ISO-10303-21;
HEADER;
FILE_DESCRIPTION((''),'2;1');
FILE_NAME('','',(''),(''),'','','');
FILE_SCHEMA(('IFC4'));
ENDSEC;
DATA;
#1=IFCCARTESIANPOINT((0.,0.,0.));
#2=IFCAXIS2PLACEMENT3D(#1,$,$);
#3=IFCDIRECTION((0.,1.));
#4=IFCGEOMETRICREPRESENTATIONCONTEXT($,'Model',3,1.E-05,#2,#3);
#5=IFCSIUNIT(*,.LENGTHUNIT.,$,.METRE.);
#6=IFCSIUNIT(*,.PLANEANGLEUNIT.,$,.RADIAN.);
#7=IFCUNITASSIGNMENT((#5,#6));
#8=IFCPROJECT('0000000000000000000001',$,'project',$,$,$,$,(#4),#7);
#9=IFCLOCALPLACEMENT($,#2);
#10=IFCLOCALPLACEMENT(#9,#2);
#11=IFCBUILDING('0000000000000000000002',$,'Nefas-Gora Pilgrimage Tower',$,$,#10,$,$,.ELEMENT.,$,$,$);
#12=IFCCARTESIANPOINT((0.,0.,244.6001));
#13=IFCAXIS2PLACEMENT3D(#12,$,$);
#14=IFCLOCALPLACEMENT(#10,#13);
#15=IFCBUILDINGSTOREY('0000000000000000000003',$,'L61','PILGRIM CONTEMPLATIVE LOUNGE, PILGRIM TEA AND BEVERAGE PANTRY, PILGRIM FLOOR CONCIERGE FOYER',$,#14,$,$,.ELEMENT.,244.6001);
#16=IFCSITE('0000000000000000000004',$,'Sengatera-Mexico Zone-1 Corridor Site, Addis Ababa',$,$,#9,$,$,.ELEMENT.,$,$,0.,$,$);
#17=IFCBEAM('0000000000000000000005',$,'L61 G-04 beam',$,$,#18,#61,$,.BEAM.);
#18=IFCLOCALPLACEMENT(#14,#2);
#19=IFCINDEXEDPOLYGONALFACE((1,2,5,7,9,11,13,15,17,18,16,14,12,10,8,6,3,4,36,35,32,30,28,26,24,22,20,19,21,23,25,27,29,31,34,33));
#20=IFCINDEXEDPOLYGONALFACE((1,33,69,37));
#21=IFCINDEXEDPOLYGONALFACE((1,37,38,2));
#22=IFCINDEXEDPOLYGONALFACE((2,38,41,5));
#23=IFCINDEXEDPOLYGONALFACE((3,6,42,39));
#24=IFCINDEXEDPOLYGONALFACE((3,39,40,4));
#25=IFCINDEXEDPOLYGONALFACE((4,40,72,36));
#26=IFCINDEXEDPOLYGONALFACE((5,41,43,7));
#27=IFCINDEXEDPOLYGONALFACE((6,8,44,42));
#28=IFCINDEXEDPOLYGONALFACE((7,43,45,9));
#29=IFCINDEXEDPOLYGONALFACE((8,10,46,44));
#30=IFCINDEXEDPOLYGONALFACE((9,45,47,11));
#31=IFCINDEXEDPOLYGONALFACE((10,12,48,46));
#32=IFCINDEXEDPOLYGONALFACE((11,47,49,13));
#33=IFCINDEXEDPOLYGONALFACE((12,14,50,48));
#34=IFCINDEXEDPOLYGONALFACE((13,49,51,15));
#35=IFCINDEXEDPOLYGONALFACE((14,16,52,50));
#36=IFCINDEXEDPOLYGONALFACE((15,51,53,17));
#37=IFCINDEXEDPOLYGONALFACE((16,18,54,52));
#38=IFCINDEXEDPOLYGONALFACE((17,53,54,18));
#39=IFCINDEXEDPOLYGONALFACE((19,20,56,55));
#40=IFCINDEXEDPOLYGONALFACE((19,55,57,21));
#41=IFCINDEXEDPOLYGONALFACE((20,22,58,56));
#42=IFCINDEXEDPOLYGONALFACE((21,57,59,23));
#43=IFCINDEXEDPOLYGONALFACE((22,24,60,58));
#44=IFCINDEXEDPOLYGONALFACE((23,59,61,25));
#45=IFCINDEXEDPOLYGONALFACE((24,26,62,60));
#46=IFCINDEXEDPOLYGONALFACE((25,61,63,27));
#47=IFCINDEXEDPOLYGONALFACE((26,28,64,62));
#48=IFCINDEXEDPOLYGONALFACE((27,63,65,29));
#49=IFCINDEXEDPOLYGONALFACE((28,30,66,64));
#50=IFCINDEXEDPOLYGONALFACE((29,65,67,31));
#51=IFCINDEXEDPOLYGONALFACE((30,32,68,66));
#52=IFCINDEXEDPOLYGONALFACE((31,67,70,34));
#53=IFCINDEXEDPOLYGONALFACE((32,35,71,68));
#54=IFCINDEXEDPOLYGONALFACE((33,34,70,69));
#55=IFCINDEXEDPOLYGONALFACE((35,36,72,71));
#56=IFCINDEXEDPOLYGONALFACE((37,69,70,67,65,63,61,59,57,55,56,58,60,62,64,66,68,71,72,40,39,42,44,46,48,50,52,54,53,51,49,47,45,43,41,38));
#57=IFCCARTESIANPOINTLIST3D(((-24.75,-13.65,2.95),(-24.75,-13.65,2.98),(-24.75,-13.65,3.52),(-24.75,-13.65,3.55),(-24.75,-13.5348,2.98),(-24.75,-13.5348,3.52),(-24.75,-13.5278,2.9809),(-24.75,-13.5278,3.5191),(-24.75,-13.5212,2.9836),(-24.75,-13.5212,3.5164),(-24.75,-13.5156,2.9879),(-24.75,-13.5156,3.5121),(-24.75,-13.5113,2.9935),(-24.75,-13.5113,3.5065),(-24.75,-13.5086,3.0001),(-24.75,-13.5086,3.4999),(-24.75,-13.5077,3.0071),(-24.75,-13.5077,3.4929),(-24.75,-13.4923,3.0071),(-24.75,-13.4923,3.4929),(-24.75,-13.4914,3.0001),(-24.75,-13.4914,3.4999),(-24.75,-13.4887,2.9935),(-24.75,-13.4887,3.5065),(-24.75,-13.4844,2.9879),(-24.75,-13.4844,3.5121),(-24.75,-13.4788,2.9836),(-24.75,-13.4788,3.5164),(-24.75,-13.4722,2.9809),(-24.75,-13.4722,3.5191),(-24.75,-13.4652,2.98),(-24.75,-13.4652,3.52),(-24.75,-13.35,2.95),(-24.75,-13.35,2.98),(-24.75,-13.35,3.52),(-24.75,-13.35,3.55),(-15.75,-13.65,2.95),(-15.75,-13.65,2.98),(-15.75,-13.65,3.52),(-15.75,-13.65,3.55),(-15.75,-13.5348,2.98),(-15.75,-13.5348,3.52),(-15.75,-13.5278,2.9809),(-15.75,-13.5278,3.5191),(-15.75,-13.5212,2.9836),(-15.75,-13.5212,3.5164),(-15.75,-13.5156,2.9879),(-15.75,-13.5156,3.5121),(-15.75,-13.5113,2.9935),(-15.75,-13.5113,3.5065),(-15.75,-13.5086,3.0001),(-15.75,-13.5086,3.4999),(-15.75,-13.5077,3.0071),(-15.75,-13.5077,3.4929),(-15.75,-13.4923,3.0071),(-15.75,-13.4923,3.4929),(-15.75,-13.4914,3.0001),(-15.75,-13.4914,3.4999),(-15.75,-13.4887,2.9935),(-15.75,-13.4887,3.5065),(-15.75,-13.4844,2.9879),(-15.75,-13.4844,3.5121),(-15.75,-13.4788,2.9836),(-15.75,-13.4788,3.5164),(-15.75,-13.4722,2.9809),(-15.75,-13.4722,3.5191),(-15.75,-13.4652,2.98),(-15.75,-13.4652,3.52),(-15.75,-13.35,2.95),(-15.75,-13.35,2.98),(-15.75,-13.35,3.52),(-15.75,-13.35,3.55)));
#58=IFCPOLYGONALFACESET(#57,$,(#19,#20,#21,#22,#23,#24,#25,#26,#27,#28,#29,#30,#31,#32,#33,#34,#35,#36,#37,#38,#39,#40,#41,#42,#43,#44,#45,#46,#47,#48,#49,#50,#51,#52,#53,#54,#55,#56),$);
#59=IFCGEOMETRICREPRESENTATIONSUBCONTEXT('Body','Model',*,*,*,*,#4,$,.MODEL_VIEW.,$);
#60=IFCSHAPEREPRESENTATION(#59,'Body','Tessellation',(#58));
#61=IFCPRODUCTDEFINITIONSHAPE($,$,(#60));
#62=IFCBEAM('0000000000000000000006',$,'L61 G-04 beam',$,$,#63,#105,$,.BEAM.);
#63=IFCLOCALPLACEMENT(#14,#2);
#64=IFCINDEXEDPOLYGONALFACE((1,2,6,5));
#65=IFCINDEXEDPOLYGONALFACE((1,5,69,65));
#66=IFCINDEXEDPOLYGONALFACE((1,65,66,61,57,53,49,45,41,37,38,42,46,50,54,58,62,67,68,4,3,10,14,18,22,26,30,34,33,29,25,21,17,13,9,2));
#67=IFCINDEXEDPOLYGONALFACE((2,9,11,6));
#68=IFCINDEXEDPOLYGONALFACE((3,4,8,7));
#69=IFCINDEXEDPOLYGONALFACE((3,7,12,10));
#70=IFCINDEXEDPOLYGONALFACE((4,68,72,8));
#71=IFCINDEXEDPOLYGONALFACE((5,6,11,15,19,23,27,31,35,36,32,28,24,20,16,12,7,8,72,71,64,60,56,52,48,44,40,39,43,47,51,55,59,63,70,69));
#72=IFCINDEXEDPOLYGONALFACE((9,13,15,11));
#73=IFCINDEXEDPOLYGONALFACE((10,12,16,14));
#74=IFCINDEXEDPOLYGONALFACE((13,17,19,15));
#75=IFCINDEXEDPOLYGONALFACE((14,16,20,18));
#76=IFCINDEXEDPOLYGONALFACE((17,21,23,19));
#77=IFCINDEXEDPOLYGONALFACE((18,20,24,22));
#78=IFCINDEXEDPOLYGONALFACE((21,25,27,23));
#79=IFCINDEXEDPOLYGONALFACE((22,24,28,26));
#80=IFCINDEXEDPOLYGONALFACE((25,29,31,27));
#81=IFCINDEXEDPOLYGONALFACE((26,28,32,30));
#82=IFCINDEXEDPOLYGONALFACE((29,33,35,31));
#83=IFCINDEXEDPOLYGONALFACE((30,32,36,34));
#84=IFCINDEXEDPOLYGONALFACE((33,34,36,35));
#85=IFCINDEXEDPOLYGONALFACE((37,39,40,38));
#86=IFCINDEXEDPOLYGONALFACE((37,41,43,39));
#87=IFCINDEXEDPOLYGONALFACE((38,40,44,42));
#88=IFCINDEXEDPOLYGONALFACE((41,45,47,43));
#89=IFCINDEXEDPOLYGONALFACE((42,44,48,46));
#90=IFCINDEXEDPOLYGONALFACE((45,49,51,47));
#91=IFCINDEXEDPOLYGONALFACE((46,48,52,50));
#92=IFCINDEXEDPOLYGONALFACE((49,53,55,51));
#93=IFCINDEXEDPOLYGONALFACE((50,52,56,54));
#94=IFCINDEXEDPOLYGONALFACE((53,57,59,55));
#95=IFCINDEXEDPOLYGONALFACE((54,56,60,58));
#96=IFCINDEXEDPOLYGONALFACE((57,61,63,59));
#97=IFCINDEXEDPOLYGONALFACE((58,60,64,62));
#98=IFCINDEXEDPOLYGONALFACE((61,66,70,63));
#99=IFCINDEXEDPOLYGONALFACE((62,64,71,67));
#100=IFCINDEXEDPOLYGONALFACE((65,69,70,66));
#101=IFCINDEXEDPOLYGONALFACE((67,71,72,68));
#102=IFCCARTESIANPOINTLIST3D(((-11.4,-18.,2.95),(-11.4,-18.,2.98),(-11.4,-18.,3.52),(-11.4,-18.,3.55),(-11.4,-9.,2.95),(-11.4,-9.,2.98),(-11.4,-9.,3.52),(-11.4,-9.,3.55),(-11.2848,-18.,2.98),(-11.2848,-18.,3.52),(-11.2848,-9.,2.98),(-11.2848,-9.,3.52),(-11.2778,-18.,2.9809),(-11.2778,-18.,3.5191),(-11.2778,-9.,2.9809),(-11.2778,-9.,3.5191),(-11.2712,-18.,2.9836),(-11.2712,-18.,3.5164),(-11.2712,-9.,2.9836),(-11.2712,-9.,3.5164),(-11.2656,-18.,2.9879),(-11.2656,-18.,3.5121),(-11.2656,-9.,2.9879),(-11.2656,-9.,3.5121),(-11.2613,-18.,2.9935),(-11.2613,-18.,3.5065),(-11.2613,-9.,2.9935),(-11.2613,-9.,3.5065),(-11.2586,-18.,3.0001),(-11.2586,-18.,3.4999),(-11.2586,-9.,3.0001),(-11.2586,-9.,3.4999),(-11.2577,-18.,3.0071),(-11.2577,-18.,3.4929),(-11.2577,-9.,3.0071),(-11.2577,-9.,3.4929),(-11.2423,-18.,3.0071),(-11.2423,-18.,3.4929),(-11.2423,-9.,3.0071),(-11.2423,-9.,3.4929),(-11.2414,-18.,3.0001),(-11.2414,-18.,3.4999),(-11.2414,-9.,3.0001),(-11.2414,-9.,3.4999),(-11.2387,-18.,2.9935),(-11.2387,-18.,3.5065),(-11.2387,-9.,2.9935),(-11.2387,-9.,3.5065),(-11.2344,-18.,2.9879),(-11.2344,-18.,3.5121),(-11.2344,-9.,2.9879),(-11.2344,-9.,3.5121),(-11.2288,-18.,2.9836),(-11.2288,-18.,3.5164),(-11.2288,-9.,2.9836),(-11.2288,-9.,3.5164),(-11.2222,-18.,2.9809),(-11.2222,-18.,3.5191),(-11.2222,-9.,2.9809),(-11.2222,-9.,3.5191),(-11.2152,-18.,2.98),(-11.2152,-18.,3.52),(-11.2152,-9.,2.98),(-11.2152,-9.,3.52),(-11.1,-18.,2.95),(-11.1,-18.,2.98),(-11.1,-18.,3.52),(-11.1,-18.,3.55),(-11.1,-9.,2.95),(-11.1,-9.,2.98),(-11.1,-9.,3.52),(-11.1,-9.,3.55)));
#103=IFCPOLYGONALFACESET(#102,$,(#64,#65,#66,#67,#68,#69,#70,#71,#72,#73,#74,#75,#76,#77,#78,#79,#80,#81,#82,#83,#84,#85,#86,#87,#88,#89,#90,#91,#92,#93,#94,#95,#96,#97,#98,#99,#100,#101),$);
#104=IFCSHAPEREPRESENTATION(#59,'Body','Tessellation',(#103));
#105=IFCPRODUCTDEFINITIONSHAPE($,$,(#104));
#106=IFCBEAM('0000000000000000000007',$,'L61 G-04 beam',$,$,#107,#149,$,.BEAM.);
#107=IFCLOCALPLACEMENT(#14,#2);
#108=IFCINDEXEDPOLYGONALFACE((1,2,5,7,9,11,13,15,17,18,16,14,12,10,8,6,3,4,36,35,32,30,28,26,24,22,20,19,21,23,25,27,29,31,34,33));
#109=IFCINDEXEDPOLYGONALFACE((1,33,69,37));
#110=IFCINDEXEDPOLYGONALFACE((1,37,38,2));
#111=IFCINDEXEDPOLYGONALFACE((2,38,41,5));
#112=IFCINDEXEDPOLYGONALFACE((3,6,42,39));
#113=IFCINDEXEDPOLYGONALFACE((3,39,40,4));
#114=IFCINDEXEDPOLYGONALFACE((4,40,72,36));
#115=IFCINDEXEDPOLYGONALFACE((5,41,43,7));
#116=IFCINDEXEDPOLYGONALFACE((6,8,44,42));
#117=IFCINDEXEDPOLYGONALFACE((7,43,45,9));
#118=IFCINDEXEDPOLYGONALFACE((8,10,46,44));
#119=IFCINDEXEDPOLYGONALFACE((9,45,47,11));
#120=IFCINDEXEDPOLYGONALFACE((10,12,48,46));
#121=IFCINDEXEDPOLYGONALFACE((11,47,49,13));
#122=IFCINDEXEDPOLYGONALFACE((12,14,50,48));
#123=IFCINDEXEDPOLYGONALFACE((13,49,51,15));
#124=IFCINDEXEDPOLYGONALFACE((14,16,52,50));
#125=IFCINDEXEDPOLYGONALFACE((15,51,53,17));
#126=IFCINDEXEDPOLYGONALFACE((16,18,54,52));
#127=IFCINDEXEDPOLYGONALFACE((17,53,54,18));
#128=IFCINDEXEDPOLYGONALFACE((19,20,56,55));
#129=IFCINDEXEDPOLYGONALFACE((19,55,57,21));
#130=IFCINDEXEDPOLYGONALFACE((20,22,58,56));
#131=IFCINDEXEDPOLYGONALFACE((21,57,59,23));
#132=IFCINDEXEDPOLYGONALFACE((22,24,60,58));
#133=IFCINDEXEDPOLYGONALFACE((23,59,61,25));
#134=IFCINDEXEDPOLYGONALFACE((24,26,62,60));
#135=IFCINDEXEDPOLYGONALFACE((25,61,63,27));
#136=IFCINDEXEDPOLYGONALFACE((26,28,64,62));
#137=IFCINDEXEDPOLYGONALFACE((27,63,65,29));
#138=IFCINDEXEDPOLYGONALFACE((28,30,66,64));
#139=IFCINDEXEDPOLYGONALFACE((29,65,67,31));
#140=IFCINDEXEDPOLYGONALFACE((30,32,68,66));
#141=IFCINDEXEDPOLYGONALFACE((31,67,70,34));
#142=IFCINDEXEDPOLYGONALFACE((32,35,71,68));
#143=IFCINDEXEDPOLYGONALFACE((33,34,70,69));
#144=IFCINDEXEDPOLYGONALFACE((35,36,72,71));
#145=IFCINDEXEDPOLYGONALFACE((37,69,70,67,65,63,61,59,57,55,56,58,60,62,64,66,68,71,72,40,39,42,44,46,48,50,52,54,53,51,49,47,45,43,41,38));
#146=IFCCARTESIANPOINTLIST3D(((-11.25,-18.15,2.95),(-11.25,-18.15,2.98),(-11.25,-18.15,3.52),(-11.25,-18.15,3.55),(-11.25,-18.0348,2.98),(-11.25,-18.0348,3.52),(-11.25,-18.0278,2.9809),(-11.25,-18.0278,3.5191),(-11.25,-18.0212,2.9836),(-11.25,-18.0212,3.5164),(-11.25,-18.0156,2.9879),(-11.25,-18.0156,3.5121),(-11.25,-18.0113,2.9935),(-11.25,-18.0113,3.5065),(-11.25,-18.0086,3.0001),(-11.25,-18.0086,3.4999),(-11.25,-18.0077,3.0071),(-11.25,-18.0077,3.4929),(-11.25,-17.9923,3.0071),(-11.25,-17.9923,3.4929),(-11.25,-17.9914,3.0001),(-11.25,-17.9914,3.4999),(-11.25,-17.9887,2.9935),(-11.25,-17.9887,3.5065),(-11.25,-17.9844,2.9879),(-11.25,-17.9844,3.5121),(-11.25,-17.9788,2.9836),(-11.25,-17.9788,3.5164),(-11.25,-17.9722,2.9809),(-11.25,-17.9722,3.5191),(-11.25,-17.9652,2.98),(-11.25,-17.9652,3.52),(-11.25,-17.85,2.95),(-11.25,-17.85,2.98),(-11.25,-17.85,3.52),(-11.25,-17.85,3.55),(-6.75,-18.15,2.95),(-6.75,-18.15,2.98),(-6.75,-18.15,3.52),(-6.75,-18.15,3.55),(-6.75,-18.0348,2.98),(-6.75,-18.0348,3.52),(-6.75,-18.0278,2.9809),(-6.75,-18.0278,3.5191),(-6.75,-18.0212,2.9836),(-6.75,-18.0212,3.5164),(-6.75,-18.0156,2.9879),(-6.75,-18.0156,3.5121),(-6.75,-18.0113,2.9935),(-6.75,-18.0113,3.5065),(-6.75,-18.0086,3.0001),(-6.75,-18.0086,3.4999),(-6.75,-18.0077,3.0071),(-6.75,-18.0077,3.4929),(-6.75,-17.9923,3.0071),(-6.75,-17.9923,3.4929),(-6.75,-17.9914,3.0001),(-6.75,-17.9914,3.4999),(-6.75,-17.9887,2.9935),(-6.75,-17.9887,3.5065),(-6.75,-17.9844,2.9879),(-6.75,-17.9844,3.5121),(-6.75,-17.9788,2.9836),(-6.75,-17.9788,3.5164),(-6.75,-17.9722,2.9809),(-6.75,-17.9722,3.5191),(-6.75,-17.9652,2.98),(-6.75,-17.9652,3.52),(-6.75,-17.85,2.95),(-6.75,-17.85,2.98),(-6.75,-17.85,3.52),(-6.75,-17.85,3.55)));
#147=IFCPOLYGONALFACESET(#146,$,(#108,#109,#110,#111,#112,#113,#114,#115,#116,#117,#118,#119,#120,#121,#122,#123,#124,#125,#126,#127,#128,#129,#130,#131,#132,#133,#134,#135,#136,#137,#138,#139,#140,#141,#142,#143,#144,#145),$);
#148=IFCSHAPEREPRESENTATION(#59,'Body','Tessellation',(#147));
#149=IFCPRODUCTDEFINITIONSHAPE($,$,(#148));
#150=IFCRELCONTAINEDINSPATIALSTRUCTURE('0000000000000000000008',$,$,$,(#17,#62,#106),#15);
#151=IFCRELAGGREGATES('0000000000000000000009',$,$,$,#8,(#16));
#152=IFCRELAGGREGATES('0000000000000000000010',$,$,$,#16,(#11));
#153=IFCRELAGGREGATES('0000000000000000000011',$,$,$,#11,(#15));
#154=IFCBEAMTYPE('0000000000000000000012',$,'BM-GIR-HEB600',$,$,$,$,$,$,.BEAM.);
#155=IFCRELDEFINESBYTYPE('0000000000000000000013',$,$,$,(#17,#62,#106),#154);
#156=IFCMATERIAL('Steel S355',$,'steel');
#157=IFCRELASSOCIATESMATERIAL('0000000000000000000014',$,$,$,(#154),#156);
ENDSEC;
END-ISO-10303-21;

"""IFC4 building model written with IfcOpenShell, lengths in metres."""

from ifc_helpers import new_model, si_unit, direction, frame, origin, origin_2d, place, context, subcontext, project, spatial, i_section, extrude, source, transform, mapped, material, material_profile, profile_set, type_object, element, save


model = new_model("IFC4")

# Units and contexts
model_context = context("Model", 3, precision=1e-05, world=origin(), true_north=direction((0.0, 1.0)))
body_context = subcontext(model_context, "Body", "Model", "MODEL_VIEW")
ifc_project = project(units=[si_unit("LENGTHUNIT", "METRE"), si_unit("PLANEANGLEUNIT", "RADIAN")], contexts=[model_context])

# Site, building, storey
site_placement = place(None, origin())
site = spatial("IfcSite", under=ifc_project, at=site_placement, Name="Sengatera-Mexico Zone-1 Corridor Site, Addis Ababa", CompositionType="ELEMENT", RefElevation=0.0)
building_placement = place(site_placement, origin())
building = spatial("IfcBuilding", under=site, at=building_placement, Name="Nefas-Gora Pilgrimage Tower", CompositionType="ELEMENT")
storey_placement = place(building_placement, frame((0.0, 0.0, 244.6001)))
storey = spatial("IfcBuildingStorey", under=building, at=storey_placement, Name="L61", Description="PILGRIM CONTEMPLATIVE LOUNGE, PILGRIM TEA AND BEVERAGE PANTRY, PILGRIM FLOOR CONCIERGE FOYER", CompositionType="ELEMENT", Elevation=244.6001)

# Beams
ifc_material_1 = material(Name="Steel S355", Category="steel")
ifc_material_profile_1 = material_profile(ifc_material_1, i_section(OverallWidth=0.3, OverallDepth=0.6001, WebThickness=0.0154, FlangeThickness=0.03, FilletRadius=0.0271, at=origin_2d()), Name="HEB 600")
ifc_profile_set_1 = profile_set([ifc_material_profile_1], Name="Steel S355")
beam_type_1 = type_object("IfcBeamType", Name="BM-GIR-HEB600", PredefinedType="BEAM", material=ifc_profile_set_1)
shared_shape_1 = source(origin(), body_context, "Body", "SweptSolid", [
    extrude(i_section(OverallWidth=0.3, OverallDepth=0.6001, WebThickness=0.0154, FlangeThickness=0.03, FilletRadius=0.0271, at=origin_2d()), origin(), (0.0, 0.0, 1.0), 9.0),
])
for number, where, z_axis, x_axis, name in (
    (1, (-24.75, -13.5, 3.25), (1.0, 0.0, 0.0), (0.0, 1.0, 0.0), "L61 G-04 beam"),
    (2, (-11.25, -18.0, 3.25), (0.0, 1.0, 0.0), (-1.0, 0.0, 0.0), "L61 G-04 beam"),
):
    element("IfcBeam", number, at=place(storey_placement, frame(where, z_axis=z_axis, x_axis=x_axis)), inside=storey, type_object=beam_type_1, Name=name, PredefinedType="BEAM", context=body_context, shape_type="MappedRepresentation", body=[
        mapped(shared_shape_1, transform((0.0, 0.0, 0.0), x_axis=(1.0, 0.0, 0.0), y_axis=(0.0, 1.0, 0.0), z_axis=(0.0, 0.0, 1.0), scale=1.0)),
    ])
shared_shape_2 = source(origin(), body_context, "Body", "SweptSolid", [
    extrude(i_section(OverallWidth=0.3, OverallDepth=0.6001, WebThickness=0.0154, FlangeThickness=0.03, FilletRadius=0.0271, at=origin_2d()), origin(), (0.0, 0.0, 1.0), 4.5),
])
beam_1_placement = place(storey_placement, frame((-11.25, -18.0, 3.25), z_axis=(1.0, 0.0, 0.0), x_axis=(0.0, 1.0, 0.0)))
element("IfcBeam", 3, at=beam_1_placement, inside=storey, type_object=beam_type_1, Name="L61 G-04 beam", PredefinedType="BEAM", context=body_context, shape_type="MappedRepresentation", body=[
    mapped(shared_shape_2, transform((0.0, 0.0, 0.0), x_axis=(1.0, 0.0, 0.0), y_axis=(0.0, 1.0, 0.0), z_axis=(0.0, 0.0, 1.0), scale=1.0)),
])

save(model, "model.ifc")
